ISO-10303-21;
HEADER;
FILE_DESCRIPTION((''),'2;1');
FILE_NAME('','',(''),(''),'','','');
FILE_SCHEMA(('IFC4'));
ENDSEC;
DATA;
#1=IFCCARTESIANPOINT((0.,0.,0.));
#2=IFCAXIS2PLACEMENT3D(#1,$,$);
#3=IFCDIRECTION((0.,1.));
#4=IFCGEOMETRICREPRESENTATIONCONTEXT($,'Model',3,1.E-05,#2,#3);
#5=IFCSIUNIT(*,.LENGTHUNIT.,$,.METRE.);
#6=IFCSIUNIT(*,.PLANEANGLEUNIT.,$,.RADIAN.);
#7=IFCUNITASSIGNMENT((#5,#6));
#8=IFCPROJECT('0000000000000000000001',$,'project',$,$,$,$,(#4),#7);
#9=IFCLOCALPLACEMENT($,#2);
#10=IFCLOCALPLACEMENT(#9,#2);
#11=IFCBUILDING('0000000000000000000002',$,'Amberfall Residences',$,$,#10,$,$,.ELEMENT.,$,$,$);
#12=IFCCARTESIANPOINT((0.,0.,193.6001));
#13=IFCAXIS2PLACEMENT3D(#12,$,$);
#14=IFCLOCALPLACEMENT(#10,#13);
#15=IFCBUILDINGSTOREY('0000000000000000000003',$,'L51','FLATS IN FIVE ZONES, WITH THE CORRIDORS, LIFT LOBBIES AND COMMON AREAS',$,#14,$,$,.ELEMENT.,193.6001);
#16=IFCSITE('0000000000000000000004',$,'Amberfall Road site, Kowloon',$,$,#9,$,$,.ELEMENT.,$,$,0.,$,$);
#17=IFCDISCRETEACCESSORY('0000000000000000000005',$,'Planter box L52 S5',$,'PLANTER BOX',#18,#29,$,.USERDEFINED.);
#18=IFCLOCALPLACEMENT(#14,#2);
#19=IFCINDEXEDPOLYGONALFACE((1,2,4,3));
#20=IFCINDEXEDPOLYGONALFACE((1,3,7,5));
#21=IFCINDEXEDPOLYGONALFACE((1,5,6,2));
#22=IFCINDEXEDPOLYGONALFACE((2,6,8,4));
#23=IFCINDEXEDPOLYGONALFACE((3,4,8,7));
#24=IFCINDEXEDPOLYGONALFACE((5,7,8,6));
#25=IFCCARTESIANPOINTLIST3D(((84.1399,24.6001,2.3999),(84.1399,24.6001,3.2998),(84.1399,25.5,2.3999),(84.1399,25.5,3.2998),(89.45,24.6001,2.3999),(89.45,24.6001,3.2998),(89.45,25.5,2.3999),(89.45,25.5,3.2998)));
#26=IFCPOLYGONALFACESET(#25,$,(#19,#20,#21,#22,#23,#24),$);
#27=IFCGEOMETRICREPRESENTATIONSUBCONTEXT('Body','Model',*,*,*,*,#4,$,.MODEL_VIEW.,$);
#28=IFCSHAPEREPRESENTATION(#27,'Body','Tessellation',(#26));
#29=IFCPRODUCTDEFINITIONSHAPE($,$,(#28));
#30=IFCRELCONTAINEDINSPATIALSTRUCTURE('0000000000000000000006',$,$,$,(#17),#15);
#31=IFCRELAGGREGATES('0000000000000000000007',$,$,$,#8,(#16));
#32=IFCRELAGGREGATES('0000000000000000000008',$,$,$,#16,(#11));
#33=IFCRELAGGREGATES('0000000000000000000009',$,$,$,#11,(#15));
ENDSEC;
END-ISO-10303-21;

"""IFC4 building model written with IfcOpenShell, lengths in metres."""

from ifc_helpers import new_model, si_unit, direction, frame, origin, origin_2d, place, context, subcontext, project, spatial, rectangle, extrude, element, save


model = new_model("IFC4")

# Units and contexts
model_context = context("Model", 3, precision=1e-05, world=origin(), true_north=direction((0.0, 1.0)))
body_context = subcontext(model_context, "Body", "Model", "MODEL_VIEW")
ifc_project = project(units=[si_unit("LENGTHUNIT", "METRE"), si_unit("PLANEANGLEUNIT", "RADIAN")], contexts=[model_context])

# Site, building, storey
site_placement = place(None, origin())
site = spatial("IfcSite", under=ifc_project, at=site_placement, Name="Amberfall Road site, Kowloon", CompositionType="ELEMENT", RefElevation=0.0)
building_placement = place(site_placement, origin())
building = spatial("IfcBuilding", under=site, at=building_placement, Name="Amberfall Residences", CompositionType="ELEMENT")
storey_placement = place(building_placement, frame((0.0, 0.0, 193.6001)))
storey = spatial("IfcBuildingStorey", under=building, at=storey_placement, Name="L51", Description="FLATS IN FIVE ZONES, WITH THE CORRIDORS, LIFT LOBBIES AND COMMON AREAS", CompositionType="ELEMENT", Elevation=193.6001)

# Discrete accessory
discrete_accessory_1_placement = place(storey_placement, frame((86.7949, 25.05, 2.3999), z_axis=(0.0, 0.0, 1.0), x_axis=(1.0, 0.0, 0.0)))
element("IfcDiscreteAccessory", 1, at=discrete_accessory_1_placement, inside=storey, Name="Planter box L52 S5", ObjectType="PLANTER BOX", PredefinedType="USERDEFINED", context=body_context, shape_type="SweptSolid", body=[
    extrude(rectangle(XDim=5.3101, YDim=0.8999, at=origin_2d()), origin(), (0.0, 0.0, 1.0), 0.8999),
])

save(model, "model.ifc")
